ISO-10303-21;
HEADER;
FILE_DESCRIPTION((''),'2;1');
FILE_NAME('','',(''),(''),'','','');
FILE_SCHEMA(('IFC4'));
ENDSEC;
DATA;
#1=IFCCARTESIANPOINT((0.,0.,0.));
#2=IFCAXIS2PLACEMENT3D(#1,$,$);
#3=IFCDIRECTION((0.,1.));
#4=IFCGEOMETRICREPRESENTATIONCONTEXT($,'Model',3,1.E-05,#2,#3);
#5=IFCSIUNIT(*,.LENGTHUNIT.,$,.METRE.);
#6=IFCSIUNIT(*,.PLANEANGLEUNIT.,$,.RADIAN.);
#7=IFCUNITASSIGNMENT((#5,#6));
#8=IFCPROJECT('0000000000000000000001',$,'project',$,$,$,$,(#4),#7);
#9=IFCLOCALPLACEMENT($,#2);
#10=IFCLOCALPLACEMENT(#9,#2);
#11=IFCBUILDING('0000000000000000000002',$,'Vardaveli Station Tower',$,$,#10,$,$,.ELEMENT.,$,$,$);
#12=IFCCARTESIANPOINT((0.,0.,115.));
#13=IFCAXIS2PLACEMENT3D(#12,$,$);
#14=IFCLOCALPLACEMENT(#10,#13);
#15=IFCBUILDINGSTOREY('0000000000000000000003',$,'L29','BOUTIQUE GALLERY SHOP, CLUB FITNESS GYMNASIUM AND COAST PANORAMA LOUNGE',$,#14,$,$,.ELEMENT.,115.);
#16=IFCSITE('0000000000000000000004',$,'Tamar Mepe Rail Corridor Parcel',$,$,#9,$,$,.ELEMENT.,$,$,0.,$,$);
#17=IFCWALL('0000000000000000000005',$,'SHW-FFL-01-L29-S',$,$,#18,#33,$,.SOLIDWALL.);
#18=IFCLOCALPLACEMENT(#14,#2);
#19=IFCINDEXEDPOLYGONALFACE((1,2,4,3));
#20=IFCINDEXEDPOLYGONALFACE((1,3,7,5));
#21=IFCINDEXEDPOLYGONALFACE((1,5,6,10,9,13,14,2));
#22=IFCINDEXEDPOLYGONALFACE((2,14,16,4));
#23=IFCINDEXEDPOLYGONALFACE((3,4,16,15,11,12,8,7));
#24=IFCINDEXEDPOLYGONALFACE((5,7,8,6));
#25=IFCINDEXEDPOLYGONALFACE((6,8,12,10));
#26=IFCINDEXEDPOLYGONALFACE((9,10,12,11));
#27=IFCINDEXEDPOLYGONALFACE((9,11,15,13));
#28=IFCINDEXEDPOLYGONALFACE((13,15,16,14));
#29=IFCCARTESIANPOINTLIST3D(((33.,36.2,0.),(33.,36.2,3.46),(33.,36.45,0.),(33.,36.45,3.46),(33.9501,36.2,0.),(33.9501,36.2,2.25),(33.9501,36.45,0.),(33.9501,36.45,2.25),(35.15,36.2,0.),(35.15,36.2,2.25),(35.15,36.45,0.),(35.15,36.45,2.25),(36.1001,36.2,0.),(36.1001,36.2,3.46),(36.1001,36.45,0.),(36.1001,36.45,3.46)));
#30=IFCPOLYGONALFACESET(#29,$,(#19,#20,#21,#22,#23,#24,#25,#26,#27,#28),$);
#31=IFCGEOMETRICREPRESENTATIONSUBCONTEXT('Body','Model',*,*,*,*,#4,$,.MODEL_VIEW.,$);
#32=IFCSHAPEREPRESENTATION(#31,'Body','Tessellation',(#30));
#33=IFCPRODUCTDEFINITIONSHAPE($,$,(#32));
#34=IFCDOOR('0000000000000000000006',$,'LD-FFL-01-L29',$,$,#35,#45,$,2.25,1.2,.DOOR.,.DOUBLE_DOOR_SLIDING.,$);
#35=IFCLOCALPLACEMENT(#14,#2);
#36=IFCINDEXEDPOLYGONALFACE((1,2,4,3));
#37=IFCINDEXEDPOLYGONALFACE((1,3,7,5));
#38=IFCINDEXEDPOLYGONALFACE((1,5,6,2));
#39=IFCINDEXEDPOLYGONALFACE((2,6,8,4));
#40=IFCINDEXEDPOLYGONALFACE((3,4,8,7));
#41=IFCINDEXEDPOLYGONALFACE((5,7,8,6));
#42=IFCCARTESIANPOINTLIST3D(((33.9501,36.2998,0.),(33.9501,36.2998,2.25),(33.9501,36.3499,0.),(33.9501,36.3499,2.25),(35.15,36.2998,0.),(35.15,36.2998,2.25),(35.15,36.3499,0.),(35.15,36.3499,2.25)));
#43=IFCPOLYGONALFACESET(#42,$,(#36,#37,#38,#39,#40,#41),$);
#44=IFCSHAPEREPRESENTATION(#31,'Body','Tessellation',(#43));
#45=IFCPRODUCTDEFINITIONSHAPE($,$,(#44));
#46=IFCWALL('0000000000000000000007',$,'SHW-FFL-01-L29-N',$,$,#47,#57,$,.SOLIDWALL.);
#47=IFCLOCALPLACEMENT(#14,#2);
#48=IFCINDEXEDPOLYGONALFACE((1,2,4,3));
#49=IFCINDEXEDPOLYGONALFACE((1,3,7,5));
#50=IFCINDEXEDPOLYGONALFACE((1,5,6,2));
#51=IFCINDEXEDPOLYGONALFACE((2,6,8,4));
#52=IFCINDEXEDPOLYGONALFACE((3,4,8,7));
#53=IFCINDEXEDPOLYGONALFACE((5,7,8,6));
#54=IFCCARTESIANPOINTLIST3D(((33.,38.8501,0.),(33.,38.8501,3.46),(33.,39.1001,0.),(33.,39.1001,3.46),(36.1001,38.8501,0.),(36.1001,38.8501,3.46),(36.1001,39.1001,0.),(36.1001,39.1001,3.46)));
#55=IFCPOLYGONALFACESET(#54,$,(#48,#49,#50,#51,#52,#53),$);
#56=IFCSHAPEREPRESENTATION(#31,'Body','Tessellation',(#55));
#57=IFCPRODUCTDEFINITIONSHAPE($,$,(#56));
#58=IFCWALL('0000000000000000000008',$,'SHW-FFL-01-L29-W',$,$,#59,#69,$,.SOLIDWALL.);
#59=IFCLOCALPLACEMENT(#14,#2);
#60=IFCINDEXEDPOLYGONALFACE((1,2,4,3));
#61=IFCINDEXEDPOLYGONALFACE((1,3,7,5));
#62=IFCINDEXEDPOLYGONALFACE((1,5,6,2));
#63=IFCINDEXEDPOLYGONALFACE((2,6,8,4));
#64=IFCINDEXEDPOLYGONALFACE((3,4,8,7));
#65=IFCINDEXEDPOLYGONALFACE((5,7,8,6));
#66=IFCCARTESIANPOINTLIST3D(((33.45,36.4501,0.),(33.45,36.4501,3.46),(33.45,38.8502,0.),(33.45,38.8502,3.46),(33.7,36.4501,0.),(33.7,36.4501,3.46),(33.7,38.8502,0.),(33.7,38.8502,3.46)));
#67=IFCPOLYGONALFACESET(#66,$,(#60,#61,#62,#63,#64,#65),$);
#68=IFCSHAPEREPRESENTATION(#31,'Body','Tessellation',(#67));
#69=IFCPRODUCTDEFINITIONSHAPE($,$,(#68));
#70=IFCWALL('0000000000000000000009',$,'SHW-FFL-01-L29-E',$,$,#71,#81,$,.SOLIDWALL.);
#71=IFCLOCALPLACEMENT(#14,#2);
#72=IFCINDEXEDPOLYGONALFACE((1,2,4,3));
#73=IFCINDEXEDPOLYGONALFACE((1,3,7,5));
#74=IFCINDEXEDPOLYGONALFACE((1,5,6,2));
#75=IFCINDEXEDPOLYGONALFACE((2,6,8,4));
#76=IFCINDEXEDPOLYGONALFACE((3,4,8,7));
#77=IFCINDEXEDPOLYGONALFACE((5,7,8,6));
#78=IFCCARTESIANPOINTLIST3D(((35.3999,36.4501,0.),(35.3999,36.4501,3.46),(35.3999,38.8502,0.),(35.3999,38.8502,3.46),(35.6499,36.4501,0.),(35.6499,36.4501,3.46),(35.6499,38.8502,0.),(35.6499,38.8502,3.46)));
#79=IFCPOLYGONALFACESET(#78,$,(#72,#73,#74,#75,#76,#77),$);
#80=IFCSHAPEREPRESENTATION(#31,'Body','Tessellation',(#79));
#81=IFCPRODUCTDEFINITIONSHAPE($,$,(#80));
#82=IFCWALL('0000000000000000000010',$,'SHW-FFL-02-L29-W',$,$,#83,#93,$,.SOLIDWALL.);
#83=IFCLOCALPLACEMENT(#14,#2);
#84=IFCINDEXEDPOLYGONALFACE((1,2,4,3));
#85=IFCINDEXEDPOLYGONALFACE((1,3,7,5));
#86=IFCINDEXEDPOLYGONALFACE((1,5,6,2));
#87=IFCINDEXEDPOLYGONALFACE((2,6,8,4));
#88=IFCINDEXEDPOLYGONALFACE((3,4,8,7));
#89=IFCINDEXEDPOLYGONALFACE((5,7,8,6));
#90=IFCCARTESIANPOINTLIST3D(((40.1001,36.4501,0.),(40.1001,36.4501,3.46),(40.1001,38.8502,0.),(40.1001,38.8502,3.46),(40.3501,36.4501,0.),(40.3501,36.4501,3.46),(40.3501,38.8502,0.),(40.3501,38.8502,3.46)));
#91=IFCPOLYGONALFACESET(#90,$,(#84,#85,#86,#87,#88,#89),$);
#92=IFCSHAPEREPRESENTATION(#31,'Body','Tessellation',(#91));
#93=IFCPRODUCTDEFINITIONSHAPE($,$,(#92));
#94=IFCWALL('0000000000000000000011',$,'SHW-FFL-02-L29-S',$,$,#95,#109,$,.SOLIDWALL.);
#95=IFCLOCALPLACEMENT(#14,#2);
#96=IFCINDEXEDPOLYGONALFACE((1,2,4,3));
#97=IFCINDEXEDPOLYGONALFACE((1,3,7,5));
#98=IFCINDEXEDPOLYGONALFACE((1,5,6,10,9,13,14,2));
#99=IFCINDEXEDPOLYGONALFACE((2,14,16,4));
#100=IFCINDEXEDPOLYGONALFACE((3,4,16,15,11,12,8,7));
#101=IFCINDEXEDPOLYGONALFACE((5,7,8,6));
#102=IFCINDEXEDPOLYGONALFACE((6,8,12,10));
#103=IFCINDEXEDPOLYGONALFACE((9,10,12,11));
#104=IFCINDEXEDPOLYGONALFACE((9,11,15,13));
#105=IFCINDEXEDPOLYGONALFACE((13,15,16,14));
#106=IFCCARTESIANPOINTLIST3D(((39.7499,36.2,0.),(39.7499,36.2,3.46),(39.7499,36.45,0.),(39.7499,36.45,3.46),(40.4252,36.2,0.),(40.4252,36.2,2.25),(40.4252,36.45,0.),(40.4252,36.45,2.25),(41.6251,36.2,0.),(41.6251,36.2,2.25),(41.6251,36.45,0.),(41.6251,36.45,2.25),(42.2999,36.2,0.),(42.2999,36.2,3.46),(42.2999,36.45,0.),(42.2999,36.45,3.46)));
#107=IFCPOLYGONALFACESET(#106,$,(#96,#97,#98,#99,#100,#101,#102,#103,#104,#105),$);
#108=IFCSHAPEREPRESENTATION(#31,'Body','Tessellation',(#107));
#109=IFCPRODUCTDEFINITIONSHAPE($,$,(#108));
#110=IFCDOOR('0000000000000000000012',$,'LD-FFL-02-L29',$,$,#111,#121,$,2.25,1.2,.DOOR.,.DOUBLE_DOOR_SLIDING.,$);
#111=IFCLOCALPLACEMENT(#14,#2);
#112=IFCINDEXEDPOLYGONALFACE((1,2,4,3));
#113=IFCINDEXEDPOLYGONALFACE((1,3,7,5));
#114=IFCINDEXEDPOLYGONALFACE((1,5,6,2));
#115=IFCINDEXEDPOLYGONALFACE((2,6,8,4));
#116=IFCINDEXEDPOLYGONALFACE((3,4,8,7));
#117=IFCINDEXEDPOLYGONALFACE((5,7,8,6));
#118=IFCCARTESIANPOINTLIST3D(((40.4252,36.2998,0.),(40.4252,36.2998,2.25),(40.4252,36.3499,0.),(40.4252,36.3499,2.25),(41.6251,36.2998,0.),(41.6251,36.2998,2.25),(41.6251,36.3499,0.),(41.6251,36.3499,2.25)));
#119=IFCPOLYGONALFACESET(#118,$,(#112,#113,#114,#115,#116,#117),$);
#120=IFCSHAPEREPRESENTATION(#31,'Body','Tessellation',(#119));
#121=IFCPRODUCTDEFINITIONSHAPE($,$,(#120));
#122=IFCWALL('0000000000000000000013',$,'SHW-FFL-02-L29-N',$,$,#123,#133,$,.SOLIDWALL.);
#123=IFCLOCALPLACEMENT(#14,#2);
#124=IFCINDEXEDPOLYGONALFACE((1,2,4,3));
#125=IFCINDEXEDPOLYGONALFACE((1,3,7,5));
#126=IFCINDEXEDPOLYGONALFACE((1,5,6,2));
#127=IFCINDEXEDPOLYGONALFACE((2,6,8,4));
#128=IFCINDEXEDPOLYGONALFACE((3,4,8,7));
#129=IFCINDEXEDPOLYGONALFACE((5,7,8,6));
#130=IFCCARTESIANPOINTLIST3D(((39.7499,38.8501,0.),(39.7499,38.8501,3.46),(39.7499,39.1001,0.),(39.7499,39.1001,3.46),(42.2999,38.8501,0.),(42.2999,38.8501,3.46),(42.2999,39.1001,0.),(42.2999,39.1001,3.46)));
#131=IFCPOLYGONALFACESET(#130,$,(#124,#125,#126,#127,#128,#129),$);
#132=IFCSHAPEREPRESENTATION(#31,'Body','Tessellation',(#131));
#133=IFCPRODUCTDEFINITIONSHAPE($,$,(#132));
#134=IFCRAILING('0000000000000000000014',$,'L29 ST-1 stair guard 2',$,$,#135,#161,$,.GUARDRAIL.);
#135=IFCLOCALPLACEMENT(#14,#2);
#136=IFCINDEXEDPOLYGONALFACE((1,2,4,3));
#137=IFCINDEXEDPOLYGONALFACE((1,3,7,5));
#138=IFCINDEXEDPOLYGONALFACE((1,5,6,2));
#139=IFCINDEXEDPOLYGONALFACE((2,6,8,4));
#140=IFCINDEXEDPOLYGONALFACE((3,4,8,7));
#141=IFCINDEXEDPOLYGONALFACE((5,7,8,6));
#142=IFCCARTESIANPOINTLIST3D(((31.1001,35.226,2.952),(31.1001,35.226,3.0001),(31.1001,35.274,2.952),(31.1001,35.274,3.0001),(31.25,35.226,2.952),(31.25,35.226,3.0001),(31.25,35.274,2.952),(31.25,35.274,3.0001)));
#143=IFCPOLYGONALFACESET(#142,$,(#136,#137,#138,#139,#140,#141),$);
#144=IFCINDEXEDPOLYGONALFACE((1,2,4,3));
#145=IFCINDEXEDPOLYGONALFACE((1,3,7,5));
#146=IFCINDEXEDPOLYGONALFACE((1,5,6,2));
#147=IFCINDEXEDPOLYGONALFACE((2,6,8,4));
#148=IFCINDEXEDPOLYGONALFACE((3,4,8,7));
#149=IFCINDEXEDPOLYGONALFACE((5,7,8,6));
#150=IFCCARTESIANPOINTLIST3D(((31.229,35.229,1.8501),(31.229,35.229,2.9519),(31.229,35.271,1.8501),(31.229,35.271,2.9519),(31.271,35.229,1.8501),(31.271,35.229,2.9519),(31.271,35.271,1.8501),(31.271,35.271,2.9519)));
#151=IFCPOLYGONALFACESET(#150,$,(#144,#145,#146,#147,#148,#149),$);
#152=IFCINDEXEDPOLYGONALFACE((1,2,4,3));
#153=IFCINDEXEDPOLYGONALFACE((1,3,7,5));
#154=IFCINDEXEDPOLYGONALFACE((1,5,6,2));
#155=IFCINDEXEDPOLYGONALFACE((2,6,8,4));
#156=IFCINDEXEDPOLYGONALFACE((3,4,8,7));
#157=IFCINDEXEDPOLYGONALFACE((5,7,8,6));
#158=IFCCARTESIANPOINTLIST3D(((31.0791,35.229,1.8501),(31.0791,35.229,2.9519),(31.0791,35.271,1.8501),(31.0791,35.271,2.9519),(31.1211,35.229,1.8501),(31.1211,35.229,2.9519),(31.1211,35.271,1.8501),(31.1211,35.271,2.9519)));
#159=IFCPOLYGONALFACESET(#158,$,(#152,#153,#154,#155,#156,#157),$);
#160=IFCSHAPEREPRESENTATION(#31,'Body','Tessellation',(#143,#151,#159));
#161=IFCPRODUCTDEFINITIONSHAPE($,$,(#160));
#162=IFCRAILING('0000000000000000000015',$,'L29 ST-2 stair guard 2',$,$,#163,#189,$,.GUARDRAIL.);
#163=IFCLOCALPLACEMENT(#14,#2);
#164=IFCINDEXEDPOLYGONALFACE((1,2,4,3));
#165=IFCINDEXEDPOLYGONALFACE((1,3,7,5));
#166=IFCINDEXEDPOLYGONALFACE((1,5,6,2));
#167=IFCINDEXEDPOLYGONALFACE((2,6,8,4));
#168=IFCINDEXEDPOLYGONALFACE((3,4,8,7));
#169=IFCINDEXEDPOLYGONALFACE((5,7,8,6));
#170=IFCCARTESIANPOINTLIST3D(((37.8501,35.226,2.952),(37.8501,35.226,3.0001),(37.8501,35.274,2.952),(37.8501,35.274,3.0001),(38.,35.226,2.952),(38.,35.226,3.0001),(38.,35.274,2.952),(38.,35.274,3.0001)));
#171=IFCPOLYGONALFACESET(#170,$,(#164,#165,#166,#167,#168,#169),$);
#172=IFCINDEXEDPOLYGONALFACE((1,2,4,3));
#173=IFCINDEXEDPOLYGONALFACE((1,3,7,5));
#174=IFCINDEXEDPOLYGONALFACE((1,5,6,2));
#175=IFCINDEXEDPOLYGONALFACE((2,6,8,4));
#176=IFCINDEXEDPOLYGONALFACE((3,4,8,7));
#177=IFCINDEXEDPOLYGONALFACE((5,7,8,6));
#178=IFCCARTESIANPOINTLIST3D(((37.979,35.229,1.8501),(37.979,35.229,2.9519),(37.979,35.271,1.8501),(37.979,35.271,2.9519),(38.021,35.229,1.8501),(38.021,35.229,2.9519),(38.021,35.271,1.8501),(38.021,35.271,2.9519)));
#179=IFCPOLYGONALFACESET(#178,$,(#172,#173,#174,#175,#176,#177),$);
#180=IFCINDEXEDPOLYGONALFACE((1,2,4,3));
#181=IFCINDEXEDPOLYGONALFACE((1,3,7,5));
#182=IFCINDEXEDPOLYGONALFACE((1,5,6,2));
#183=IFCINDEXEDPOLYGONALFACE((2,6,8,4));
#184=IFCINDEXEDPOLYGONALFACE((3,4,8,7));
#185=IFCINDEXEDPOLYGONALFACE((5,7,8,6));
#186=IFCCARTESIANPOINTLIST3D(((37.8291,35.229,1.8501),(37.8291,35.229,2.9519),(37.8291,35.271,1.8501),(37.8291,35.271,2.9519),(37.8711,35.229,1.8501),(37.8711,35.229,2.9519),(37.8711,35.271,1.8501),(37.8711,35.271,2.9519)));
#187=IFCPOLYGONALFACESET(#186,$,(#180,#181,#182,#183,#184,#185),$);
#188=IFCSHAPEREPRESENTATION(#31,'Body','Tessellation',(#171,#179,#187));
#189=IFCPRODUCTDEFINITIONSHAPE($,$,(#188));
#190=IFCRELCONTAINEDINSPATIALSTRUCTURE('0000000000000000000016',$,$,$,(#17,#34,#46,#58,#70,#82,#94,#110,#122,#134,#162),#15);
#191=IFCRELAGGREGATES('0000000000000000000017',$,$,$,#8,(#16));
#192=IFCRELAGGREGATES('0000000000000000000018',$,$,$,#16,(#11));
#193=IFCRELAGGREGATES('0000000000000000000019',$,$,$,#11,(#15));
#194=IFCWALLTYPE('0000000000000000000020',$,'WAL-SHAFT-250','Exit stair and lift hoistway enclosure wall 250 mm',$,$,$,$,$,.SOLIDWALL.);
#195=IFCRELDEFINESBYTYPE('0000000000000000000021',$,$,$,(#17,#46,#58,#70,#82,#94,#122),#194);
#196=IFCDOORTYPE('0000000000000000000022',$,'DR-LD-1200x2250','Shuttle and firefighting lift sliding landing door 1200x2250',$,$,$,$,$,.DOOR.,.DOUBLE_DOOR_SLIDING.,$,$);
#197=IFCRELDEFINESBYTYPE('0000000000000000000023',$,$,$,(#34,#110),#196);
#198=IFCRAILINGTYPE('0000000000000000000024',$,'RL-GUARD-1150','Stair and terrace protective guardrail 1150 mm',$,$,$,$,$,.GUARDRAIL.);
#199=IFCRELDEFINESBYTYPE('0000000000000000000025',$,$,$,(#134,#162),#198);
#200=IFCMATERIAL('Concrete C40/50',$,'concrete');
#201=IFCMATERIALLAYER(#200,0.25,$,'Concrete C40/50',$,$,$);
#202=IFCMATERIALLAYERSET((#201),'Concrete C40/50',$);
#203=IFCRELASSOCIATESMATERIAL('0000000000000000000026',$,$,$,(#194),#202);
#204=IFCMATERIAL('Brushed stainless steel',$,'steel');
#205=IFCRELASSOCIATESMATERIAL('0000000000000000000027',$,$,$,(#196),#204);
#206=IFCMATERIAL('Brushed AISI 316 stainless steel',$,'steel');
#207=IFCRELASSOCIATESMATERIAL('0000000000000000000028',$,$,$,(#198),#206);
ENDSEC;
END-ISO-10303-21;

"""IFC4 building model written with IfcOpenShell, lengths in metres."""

from ifc_helpers import new_model, si_unit, direction, frame, frame_2d, origin, origin_2d, place, context, subcontext, project, spatial, rectangle, extrude, source, transform, mapped, material, layer, layer_set, type_object, element, fill, save


model = new_model("IFC4")

# Units and contexts
model_context = context("Model", 3, precision=1e-05, world=origin(), true_north=direction((0.0, 1.0)))
body_context = subcontext(model_context, "Body", "Model", "MODEL_VIEW")
ifc_project = project(units=[si_unit("LENGTHUNIT", "METRE"), si_unit("PLANEANGLEUNIT", "RADIAN")], contexts=[model_context])

# Site, building, storey
site_placement = place(None, origin())
site = spatial("IfcSite", under=ifc_project, at=site_placement, Name="Tamar Mepe Rail Corridor Parcel", CompositionType="ELEMENT", RefElevation=0.0)
building_placement = place(site_placement, origin())
building = spatial("IfcBuilding", under=site, at=building_placement, Name="Vardaveli Station Tower", CompositionType="ELEMENT")
storey_placement = place(building_placement, frame((0.0, 0.0, 115.0)))
storey = spatial("IfcBuildingStorey", under=building, at=storey_placement, Name="L29", Description="BOUTIQUE GALLERY SHOP, CLUB FITNESS GYMNASIUM AND COAST PANORAMA LOUNGE", CompositionType="ELEMENT", Elevation=115.0)

# Shared definitions
ifc_material_1 = material(Name="Concrete C40/50", Category="concrete")
ifc_layer_1 = layer(ifc_material_1, 0.25, Name="Concrete C40/50")
ifc_layer_set_1 = layer_set([ifc_layer_1], Name="Concrete C40/50")
wall_type = type_object("IfcWallType", Name="WAL-SHAFT-250", Description="Exit stair and lift hoistway enclosure wall 250 mm", PredefinedType="SOLIDWALL", material=ifc_layer_set_1)

# Wall, opening, door
shared_shape_1 = source(origin(), body_context, "Body", "SweptSolid", [
    extrude(rectangle(XDim=3.1001, YDim=0.25, at=frame_2d((1.55, 0.0))), origin(), (0.0, 0.0, 1.0), 3.46),
])
wall_1_placement = place(storey_placement, frame((33.0, 36.325, 0.0), z_axis=(0.0, 0.0, 1.0), x_axis=(1.0, 0.0, 0.0)))
wall_1 = element("IfcWall", 1, at=wall_1_placement, inside=storey, type_object=wall_type, Name="SHW-FFL-01-L29-S", PredefinedType="SOLIDWALL", context=body_context, shape_type="MappedRepresentation", body=[
    mapped(shared_shape_1, transform((0.0, 0.0, 0.0), scale=1.0)),
])
shared_shape_2 = source(origin(), body_context, "Body", "SweptSolid", [
    extrude(rectangle(XDim=1.2, YDim=2.25, at=frame_2d((0.6001, 1.125))), frame((0.0, 0.135, 0.0), z_axis=(0.0, -1.0, 0.0), x_axis=(1.0, 0.0, 0.0)), (0.0, 0.0, 1.0), 0.27),
])
opening_1_placement = place(wall_1_placement, frame((0.95, 0.0, 0.0)))
opening_1 = element("IfcOpeningElement", 2, at=opening_1_placement, cuts=wall_1, PredefinedType="OPENING", context=body_context, shape_type="MappedRepresentation", body=[
    mapped(shared_shape_2, transform((0.0, 0.0, 0.0), scale=1.0)),
])
ifc_material_2 = material(Name="Brushed stainless steel", Category="steel")
door_type = type_object("IfcDoorType", Name="DR-LD-1200x2250", Description="Shuttle and firefighting lift sliding landing door 1200x2250", OperationType="DOUBLE_DOOR_SLIDING", PredefinedType="DOOR", material=ifc_material_2)
shared_shape_3 = source(origin(), body_context, "Body", "SweptSolid", [
    extrude(rectangle(XDim=1.2, YDim=2.25, at=frame_2d((0.6001, 1.125))), frame((0.0, 0.0249, 0.0), z_axis=(0.0, -1.0, 0.0), x_axis=(1.0, 0.0, 0.0)), (0.0, 0.0, 1.0), 0.05),
])
door_1_placement = place(opening_1_placement, origin())
door_1 = element("IfcDoor", 3, at=door_1_placement, inside=storey, type_object=door_type, Name="LD-FFL-01-L29", OperationType="DOUBLE_DOOR_SLIDING", OverallHeight=2.25, OverallWidth=1.2, PredefinedType="DOOR", context=body_context, shape_type="MappedRepresentation", body=[
    mapped(shared_shape_3, transform((0.0, 0.0, 0.0), scale=1.0)),
])
fill(opening_1, door_1)

# Walls
wall_2_placement = place(storey_placement, frame((33.0, 38.9751, 0.0), z_axis=(0.0, 0.0, 1.0), x_axis=(1.0, 0.0, 0.0)))
element("IfcWall", 4, at=wall_2_placement, inside=storey, type_object=wall_type, Name="SHW-FFL-01-L29-N", PredefinedType="SOLIDWALL", context=body_context, shape_type="MappedRepresentation", body=[
    mapped(shared_shape_1, transform((0.0, 0.0, 0.0), scale=1.0)),
])
shared_shape_4 = source(origin(), body_context, "Body", "SweptSolid", [
    extrude(rectangle(XDim=2.4001, YDim=0.25, at=frame_2d((1.2002, 0.0))), origin(), (0.0, 0.0, 1.0), 3.46),
])
for number, where, z_axis, x_axis, name in (
    (5, (33.575, 36.45, 0.0), (0.0, 0.0, 1.0), (0.0, 1.0, 0.0), "SHW-FFL-01-L29-W"),
    (6, (35.5249, 36.45, 0.0), (0.0, 0.0, 1.0), (0.0, 1.0, 0.0), "SHW-FFL-01-L29-E"),
    (7, (40.2251, 36.45, 0.0), (0.0, 0.0, 1.0), (0.0, 1.0, 0.0), "SHW-FFL-02-L29-W"),
):
    element("IfcWall", number, at=place(storey_placement, frame(where, z_axis=z_axis, x_axis=x_axis)), inside=storey, type_object=wall_type, Name=name, PredefinedType="SOLIDWALL", context=body_context, shape_type="MappedRepresentation", body=[
        mapped(shared_shape_4, transform((0.0, 0.0, 0.0), scale=1.0)),
    ])

# Wall, opening, door
shared_shape_5 = source(origin(), body_context, "Body", "SweptSolid", [
    extrude(rectangle(XDim=2.55, YDim=0.25, at=frame_2d((1.2749, 0.0))), origin(), (0.0, 0.0, 1.0), 3.46),
])
wall_3_placement = place(storey_placement, frame((39.75, 36.325, 0.0), z_axis=(0.0, 0.0, 1.0), x_axis=(1.0, 0.0, 0.0)))
wall_3 = element("IfcWall", 8, at=wall_3_placement, inside=storey, type_object=wall_type, Name="SHW-FFL-02-L29-S", PredefinedType="SOLIDWALL", context=body_context, shape_type="MappedRepresentation", body=[
    mapped(shared_shape_5, transform((0.0, 0.0, 0.0), scale=1.0)),
])
opening_2_placement = place(wall_3_placement, frame((0.675, 0.0, 0.0)))
opening_2 = element("IfcOpeningElement", 9, at=opening_2_placement, cuts=wall_3, PredefinedType="OPENING", context=body_context, shape_type="MappedRepresentation", body=[
    mapped(shared_shape_2, transform((0.0, 0.0, 0.0), scale=1.0)),
])
door_2_placement = place(opening_2_placement, origin())
door_2 = element("IfcDoor", 10, at=door_2_placement, inside=storey, type_object=door_type, Name="LD-FFL-02-L29", OperationType="DOUBLE_DOOR_SLIDING", OverallHeight=2.25, OverallWidth=1.2, PredefinedType="DOOR", context=body_context, shape_type="MappedRepresentation", body=[
    mapped(shared_shape_3, transform((0.0, 0.0, 0.0), scale=1.0)),
])
fill(opening_2, door_2)

# Wall
wall_4_placement = place(storey_placement, frame((39.75, 38.9751, 0.0), z_axis=(0.0, 0.0, 1.0), x_axis=(1.0, 0.0, 0.0)))
element("IfcWall", 11, at=wall_4_placement, inside=storey, type_object=wall_type, Name="SHW-FFL-02-L29-N", PredefinedType="SOLIDWALL", context=body_context, shape_type="MappedRepresentation", body=[
    mapped(shared_shape_5, transform((0.0, 0.0, 0.0), scale=1.0)),
])

# Railings
ifc_material_3 = material(Name="Brushed AISI 316 stainless steel", Category="steel")
railing_type = type_object("IfcRailingType", Name="RL-GUARD-1150", Description="Stair and terrace protective guardrail 1150 mm", PredefinedType="GUARDRAIL", material=ifc_material_3)
shared_shape_6 = source(origin(), body_context, "Body", "SweptSolid", [
    extrude(rectangle(XDim=0.0481, YDim=0.0481, at=origin_2d()), frame((0.0, 0.0, 1.126), z_axis=(-1.0, 0.0, 0.0), x_axis=(0.0, -1.0, 0.0)), (0.0, 0.0, 1.0), 0.1499),
    extrude(rectangle(XDim=0.042, YDim=0.042, at=origin_2d()), origin(), (0.0, 0.0, 1.0), 1.1018),
    extrude(rectangle(XDim=0.042, YDim=0.042, at=origin_2d()), frame((-0.1499, 0.0, 0.0)), (0.0, 0.0, 1.0), 1.1018),
])
for number, where, name in (
    (12, (31.25, 35.25, 1.8501), "L29 ST-1 stair guard 2"),
    (13, (38.0, 35.25, 1.8501), "L29 ST-2 stair guard 2"),
):
    element("IfcRailing", number, at=place(storey_placement, frame(where)), inside=storey, type_object=railing_type, Name=name, PredefinedType="GUARDRAIL", context=body_context, shape_type="MappedRepresentation", body=[
        mapped(shared_shape_6, transform((0.0, 0.0, 0.0), scale=1.0)),
    ])

save(model, "model.ifc")
